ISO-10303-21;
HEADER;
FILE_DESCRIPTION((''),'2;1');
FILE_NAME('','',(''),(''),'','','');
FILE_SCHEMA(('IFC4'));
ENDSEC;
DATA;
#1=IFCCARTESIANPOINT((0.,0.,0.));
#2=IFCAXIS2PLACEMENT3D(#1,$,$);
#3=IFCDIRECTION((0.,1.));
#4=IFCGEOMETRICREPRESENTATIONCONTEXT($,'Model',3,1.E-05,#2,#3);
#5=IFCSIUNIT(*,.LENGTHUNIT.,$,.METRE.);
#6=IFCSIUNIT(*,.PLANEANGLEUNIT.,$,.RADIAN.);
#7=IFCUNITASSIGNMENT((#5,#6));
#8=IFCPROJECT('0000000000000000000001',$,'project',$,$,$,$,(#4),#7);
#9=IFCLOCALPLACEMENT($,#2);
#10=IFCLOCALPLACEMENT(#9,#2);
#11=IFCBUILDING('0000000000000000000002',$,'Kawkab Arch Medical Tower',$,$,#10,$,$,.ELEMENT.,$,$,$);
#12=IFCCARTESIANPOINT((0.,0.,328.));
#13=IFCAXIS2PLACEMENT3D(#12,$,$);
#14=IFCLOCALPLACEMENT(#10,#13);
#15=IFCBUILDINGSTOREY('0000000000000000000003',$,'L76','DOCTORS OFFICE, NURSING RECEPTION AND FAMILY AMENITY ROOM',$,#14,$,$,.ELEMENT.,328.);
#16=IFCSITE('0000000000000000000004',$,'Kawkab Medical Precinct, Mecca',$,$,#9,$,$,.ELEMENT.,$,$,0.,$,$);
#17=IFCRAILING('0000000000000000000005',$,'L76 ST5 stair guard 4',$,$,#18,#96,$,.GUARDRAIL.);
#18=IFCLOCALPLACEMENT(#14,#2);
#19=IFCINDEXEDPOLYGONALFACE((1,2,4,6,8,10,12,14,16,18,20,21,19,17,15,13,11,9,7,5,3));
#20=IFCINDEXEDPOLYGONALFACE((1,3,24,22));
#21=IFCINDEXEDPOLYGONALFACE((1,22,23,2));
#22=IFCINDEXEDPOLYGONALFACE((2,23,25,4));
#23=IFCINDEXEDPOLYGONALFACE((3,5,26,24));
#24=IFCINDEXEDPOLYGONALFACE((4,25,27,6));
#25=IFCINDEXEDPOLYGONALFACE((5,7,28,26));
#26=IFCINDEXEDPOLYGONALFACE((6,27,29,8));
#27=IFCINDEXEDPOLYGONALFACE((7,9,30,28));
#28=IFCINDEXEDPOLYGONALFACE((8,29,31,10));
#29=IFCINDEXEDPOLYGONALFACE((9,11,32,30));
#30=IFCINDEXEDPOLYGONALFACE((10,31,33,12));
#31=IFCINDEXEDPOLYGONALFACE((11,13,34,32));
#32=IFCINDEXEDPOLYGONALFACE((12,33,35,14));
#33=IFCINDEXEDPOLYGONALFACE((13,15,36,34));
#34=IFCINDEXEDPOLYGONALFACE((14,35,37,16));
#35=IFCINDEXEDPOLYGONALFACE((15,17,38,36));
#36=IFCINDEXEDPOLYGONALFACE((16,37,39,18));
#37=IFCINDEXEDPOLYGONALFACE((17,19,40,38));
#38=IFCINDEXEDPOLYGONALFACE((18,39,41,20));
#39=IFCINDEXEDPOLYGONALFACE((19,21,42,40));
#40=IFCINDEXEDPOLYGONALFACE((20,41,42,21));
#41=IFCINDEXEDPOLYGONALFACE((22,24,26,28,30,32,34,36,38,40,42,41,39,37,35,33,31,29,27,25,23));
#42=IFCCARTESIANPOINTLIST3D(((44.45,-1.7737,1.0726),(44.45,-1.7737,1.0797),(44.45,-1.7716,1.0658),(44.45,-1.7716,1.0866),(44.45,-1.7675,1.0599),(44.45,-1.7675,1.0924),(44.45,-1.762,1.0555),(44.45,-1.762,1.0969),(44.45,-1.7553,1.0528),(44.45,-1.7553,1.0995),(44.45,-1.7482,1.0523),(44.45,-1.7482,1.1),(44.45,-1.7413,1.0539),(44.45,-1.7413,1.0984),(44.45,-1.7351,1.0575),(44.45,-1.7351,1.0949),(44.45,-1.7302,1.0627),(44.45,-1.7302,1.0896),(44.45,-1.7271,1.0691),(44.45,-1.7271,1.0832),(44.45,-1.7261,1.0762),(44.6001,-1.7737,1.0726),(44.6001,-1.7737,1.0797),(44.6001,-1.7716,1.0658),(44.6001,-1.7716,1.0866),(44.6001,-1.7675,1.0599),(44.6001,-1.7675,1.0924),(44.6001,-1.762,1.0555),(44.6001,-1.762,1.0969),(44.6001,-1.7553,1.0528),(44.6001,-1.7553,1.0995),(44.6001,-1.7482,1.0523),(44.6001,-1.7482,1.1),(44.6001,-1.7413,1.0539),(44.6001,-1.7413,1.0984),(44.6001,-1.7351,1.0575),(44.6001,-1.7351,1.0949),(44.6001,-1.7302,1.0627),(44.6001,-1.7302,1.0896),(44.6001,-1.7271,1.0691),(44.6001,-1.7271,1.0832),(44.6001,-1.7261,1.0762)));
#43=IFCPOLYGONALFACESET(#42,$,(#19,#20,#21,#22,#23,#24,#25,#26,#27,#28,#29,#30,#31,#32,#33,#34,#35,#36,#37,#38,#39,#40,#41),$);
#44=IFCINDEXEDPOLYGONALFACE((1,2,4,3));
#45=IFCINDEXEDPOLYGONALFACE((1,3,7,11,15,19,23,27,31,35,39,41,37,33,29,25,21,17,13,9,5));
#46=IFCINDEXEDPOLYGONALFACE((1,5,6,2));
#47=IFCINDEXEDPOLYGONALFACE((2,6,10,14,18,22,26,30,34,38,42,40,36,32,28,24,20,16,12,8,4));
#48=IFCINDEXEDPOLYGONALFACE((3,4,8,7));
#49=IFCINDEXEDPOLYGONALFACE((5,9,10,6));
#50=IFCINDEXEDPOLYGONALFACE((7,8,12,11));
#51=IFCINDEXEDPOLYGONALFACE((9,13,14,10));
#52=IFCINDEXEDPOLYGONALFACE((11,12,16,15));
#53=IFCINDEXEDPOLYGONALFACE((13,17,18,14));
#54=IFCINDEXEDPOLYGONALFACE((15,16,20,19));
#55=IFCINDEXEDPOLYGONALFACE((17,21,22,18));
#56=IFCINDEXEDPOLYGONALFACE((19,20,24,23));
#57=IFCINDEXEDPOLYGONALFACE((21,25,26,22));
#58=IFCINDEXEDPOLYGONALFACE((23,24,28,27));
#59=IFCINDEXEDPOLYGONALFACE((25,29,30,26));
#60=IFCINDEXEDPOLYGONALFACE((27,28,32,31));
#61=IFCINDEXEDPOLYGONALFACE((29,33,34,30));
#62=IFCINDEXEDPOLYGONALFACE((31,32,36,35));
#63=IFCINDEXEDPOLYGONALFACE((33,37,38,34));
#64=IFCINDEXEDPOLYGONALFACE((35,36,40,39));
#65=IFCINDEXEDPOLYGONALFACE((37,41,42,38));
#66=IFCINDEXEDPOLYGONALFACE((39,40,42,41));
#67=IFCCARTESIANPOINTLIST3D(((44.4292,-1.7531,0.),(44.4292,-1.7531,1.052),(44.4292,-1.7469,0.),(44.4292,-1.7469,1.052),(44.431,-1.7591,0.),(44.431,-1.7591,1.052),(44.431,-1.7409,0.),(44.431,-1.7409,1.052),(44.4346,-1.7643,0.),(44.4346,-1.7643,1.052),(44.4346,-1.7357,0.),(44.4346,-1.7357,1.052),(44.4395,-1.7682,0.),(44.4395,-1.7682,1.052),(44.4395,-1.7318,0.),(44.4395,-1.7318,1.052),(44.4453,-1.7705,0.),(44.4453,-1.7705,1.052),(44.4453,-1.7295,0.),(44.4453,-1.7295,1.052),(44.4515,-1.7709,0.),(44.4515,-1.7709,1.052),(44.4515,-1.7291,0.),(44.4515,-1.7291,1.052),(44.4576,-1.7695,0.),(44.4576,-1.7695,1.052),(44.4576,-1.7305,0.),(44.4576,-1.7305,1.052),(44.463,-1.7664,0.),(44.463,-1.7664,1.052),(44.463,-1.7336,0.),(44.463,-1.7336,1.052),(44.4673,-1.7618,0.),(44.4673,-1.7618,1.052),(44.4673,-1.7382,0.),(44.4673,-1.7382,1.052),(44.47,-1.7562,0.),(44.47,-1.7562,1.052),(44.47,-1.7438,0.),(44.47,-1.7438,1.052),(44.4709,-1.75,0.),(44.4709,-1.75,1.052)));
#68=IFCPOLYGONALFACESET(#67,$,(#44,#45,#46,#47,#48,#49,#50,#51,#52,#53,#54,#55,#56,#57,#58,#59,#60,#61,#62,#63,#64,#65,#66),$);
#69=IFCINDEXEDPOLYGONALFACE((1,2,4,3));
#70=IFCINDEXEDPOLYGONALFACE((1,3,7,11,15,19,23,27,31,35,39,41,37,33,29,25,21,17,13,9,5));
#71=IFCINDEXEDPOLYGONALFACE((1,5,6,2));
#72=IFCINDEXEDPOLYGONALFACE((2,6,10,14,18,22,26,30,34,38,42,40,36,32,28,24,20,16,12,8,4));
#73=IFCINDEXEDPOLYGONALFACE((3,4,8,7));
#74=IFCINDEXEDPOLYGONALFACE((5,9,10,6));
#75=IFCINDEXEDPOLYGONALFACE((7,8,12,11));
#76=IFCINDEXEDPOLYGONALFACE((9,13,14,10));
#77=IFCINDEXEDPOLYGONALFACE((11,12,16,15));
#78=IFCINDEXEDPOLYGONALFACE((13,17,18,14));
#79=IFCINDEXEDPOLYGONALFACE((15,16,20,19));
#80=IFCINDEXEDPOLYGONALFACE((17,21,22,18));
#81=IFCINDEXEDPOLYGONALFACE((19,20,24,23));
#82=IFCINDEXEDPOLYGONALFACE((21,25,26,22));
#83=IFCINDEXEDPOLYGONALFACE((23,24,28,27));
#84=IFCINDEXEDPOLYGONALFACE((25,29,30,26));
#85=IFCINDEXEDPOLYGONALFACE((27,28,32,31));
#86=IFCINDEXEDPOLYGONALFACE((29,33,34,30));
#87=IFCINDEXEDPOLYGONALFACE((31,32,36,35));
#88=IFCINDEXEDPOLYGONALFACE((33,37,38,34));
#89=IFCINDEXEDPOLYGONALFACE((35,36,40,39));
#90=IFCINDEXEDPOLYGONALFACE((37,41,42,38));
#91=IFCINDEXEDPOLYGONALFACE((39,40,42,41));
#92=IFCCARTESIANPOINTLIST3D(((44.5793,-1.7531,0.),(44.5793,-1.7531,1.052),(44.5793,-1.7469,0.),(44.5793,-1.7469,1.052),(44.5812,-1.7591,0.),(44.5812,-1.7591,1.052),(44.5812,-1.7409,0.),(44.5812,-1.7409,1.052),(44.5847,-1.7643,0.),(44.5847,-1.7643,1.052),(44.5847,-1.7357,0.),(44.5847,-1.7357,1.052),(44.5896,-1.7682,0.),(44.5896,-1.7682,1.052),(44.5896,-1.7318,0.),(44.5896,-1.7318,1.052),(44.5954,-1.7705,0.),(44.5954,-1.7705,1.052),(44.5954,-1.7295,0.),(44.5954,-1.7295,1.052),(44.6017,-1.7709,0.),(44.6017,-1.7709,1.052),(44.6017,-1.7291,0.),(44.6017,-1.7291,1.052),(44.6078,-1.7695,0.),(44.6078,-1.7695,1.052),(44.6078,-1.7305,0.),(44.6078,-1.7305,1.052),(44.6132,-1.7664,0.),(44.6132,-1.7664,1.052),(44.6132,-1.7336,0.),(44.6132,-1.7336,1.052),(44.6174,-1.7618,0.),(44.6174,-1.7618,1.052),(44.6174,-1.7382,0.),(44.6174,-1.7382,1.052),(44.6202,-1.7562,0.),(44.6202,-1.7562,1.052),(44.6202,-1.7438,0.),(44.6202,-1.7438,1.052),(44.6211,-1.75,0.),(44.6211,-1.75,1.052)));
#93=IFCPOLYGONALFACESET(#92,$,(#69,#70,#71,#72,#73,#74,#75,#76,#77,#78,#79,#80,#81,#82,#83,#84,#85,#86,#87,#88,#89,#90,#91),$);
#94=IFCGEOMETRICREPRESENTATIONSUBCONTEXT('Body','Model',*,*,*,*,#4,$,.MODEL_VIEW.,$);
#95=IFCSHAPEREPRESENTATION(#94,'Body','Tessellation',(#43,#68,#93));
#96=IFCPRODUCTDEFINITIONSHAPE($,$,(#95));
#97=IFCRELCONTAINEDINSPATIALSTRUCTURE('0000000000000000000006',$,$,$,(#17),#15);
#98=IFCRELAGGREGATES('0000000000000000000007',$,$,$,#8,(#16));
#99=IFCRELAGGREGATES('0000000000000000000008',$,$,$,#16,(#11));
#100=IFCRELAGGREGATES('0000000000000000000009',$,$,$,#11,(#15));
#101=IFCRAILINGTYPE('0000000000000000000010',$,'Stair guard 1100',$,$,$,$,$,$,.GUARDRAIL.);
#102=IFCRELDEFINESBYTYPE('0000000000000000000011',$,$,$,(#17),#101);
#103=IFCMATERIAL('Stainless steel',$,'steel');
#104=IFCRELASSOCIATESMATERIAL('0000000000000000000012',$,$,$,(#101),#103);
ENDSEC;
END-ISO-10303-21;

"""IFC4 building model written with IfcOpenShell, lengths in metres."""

from ifc_helpers import new_model, si_unit, direction, frame, origin, origin_2d, place, context, subcontext, project, spatial, circle, extrude, material, type_object, element, save


model = new_model("IFC4")

# Units and contexts
model_context = context("Model", 3, precision=1e-05, world=origin(), true_north=direction((0.0, 1.0)))
body_context = subcontext(model_context, "Body", "Model", "MODEL_VIEW")
ifc_project = project(units=[si_unit("LENGTHUNIT", "METRE"), si_unit("PLANEANGLEUNIT", "RADIAN")], contexts=[model_context])

# Site, building, storey
site_placement = place(None, origin())
site = spatial("IfcSite", under=ifc_project, at=site_placement, Name="Kawkab Medical Precinct, Mecca", CompositionType="ELEMENT", RefElevation=0.0)
building_placement = place(site_placement, origin())
building = spatial("IfcBuilding", under=site, at=building_placement, Name="Kawkab Arch Medical Tower", CompositionType="ELEMENT")
storey_placement = place(building_placement, frame((0.0, 0.0, 328.0)))
storey = spatial("IfcBuildingStorey", under=building, at=storey_placement, Name="L76", Description="DOCTORS OFFICE, NURSING RECEPTION AND FAMILY AMENITY ROOM", CompositionType="ELEMENT", Elevation=328.0)

# Railing
ifc_material_1 = material(Name="Stainless steel", Category="steel")
railing_type = type_object("IfcRailingType", Name="Stair guard 1100", PredefinedType="GUARDRAIL", material=ifc_material_1)
railing_1_placement = place(storey_placement, frame((44.45, -1.75, 0.0)))
element("IfcRailing", 1, at=railing_1_placement, inside=storey, type_object=railing_type, Name="L76 ST5 stair guard 4", PredefinedType="GUARDRAIL", context=body_context, shape_type="SweptSolid", body=[
    extrude(circle(Radius=0.0239, at=origin_2d()), frame((0.0, 0.0, 1.0762), z_axis=(1.0, 0.0, 0.0), x_axis=(0.0, 1.0, 0.0)), (0.0, 0.0, 1.0), 0.1501),
    extrude(circle(Radius=0.021, at=origin_2d()), origin(), (0.0, 0.0, 1.0), 1.052),
    extrude(circle(Radius=0.021, at=origin_2d()), frame((0.1501, 0.0, 0.0)), (0.0, 0.0, 1.0), 1.052),
])

save(model, "model.ifc")
